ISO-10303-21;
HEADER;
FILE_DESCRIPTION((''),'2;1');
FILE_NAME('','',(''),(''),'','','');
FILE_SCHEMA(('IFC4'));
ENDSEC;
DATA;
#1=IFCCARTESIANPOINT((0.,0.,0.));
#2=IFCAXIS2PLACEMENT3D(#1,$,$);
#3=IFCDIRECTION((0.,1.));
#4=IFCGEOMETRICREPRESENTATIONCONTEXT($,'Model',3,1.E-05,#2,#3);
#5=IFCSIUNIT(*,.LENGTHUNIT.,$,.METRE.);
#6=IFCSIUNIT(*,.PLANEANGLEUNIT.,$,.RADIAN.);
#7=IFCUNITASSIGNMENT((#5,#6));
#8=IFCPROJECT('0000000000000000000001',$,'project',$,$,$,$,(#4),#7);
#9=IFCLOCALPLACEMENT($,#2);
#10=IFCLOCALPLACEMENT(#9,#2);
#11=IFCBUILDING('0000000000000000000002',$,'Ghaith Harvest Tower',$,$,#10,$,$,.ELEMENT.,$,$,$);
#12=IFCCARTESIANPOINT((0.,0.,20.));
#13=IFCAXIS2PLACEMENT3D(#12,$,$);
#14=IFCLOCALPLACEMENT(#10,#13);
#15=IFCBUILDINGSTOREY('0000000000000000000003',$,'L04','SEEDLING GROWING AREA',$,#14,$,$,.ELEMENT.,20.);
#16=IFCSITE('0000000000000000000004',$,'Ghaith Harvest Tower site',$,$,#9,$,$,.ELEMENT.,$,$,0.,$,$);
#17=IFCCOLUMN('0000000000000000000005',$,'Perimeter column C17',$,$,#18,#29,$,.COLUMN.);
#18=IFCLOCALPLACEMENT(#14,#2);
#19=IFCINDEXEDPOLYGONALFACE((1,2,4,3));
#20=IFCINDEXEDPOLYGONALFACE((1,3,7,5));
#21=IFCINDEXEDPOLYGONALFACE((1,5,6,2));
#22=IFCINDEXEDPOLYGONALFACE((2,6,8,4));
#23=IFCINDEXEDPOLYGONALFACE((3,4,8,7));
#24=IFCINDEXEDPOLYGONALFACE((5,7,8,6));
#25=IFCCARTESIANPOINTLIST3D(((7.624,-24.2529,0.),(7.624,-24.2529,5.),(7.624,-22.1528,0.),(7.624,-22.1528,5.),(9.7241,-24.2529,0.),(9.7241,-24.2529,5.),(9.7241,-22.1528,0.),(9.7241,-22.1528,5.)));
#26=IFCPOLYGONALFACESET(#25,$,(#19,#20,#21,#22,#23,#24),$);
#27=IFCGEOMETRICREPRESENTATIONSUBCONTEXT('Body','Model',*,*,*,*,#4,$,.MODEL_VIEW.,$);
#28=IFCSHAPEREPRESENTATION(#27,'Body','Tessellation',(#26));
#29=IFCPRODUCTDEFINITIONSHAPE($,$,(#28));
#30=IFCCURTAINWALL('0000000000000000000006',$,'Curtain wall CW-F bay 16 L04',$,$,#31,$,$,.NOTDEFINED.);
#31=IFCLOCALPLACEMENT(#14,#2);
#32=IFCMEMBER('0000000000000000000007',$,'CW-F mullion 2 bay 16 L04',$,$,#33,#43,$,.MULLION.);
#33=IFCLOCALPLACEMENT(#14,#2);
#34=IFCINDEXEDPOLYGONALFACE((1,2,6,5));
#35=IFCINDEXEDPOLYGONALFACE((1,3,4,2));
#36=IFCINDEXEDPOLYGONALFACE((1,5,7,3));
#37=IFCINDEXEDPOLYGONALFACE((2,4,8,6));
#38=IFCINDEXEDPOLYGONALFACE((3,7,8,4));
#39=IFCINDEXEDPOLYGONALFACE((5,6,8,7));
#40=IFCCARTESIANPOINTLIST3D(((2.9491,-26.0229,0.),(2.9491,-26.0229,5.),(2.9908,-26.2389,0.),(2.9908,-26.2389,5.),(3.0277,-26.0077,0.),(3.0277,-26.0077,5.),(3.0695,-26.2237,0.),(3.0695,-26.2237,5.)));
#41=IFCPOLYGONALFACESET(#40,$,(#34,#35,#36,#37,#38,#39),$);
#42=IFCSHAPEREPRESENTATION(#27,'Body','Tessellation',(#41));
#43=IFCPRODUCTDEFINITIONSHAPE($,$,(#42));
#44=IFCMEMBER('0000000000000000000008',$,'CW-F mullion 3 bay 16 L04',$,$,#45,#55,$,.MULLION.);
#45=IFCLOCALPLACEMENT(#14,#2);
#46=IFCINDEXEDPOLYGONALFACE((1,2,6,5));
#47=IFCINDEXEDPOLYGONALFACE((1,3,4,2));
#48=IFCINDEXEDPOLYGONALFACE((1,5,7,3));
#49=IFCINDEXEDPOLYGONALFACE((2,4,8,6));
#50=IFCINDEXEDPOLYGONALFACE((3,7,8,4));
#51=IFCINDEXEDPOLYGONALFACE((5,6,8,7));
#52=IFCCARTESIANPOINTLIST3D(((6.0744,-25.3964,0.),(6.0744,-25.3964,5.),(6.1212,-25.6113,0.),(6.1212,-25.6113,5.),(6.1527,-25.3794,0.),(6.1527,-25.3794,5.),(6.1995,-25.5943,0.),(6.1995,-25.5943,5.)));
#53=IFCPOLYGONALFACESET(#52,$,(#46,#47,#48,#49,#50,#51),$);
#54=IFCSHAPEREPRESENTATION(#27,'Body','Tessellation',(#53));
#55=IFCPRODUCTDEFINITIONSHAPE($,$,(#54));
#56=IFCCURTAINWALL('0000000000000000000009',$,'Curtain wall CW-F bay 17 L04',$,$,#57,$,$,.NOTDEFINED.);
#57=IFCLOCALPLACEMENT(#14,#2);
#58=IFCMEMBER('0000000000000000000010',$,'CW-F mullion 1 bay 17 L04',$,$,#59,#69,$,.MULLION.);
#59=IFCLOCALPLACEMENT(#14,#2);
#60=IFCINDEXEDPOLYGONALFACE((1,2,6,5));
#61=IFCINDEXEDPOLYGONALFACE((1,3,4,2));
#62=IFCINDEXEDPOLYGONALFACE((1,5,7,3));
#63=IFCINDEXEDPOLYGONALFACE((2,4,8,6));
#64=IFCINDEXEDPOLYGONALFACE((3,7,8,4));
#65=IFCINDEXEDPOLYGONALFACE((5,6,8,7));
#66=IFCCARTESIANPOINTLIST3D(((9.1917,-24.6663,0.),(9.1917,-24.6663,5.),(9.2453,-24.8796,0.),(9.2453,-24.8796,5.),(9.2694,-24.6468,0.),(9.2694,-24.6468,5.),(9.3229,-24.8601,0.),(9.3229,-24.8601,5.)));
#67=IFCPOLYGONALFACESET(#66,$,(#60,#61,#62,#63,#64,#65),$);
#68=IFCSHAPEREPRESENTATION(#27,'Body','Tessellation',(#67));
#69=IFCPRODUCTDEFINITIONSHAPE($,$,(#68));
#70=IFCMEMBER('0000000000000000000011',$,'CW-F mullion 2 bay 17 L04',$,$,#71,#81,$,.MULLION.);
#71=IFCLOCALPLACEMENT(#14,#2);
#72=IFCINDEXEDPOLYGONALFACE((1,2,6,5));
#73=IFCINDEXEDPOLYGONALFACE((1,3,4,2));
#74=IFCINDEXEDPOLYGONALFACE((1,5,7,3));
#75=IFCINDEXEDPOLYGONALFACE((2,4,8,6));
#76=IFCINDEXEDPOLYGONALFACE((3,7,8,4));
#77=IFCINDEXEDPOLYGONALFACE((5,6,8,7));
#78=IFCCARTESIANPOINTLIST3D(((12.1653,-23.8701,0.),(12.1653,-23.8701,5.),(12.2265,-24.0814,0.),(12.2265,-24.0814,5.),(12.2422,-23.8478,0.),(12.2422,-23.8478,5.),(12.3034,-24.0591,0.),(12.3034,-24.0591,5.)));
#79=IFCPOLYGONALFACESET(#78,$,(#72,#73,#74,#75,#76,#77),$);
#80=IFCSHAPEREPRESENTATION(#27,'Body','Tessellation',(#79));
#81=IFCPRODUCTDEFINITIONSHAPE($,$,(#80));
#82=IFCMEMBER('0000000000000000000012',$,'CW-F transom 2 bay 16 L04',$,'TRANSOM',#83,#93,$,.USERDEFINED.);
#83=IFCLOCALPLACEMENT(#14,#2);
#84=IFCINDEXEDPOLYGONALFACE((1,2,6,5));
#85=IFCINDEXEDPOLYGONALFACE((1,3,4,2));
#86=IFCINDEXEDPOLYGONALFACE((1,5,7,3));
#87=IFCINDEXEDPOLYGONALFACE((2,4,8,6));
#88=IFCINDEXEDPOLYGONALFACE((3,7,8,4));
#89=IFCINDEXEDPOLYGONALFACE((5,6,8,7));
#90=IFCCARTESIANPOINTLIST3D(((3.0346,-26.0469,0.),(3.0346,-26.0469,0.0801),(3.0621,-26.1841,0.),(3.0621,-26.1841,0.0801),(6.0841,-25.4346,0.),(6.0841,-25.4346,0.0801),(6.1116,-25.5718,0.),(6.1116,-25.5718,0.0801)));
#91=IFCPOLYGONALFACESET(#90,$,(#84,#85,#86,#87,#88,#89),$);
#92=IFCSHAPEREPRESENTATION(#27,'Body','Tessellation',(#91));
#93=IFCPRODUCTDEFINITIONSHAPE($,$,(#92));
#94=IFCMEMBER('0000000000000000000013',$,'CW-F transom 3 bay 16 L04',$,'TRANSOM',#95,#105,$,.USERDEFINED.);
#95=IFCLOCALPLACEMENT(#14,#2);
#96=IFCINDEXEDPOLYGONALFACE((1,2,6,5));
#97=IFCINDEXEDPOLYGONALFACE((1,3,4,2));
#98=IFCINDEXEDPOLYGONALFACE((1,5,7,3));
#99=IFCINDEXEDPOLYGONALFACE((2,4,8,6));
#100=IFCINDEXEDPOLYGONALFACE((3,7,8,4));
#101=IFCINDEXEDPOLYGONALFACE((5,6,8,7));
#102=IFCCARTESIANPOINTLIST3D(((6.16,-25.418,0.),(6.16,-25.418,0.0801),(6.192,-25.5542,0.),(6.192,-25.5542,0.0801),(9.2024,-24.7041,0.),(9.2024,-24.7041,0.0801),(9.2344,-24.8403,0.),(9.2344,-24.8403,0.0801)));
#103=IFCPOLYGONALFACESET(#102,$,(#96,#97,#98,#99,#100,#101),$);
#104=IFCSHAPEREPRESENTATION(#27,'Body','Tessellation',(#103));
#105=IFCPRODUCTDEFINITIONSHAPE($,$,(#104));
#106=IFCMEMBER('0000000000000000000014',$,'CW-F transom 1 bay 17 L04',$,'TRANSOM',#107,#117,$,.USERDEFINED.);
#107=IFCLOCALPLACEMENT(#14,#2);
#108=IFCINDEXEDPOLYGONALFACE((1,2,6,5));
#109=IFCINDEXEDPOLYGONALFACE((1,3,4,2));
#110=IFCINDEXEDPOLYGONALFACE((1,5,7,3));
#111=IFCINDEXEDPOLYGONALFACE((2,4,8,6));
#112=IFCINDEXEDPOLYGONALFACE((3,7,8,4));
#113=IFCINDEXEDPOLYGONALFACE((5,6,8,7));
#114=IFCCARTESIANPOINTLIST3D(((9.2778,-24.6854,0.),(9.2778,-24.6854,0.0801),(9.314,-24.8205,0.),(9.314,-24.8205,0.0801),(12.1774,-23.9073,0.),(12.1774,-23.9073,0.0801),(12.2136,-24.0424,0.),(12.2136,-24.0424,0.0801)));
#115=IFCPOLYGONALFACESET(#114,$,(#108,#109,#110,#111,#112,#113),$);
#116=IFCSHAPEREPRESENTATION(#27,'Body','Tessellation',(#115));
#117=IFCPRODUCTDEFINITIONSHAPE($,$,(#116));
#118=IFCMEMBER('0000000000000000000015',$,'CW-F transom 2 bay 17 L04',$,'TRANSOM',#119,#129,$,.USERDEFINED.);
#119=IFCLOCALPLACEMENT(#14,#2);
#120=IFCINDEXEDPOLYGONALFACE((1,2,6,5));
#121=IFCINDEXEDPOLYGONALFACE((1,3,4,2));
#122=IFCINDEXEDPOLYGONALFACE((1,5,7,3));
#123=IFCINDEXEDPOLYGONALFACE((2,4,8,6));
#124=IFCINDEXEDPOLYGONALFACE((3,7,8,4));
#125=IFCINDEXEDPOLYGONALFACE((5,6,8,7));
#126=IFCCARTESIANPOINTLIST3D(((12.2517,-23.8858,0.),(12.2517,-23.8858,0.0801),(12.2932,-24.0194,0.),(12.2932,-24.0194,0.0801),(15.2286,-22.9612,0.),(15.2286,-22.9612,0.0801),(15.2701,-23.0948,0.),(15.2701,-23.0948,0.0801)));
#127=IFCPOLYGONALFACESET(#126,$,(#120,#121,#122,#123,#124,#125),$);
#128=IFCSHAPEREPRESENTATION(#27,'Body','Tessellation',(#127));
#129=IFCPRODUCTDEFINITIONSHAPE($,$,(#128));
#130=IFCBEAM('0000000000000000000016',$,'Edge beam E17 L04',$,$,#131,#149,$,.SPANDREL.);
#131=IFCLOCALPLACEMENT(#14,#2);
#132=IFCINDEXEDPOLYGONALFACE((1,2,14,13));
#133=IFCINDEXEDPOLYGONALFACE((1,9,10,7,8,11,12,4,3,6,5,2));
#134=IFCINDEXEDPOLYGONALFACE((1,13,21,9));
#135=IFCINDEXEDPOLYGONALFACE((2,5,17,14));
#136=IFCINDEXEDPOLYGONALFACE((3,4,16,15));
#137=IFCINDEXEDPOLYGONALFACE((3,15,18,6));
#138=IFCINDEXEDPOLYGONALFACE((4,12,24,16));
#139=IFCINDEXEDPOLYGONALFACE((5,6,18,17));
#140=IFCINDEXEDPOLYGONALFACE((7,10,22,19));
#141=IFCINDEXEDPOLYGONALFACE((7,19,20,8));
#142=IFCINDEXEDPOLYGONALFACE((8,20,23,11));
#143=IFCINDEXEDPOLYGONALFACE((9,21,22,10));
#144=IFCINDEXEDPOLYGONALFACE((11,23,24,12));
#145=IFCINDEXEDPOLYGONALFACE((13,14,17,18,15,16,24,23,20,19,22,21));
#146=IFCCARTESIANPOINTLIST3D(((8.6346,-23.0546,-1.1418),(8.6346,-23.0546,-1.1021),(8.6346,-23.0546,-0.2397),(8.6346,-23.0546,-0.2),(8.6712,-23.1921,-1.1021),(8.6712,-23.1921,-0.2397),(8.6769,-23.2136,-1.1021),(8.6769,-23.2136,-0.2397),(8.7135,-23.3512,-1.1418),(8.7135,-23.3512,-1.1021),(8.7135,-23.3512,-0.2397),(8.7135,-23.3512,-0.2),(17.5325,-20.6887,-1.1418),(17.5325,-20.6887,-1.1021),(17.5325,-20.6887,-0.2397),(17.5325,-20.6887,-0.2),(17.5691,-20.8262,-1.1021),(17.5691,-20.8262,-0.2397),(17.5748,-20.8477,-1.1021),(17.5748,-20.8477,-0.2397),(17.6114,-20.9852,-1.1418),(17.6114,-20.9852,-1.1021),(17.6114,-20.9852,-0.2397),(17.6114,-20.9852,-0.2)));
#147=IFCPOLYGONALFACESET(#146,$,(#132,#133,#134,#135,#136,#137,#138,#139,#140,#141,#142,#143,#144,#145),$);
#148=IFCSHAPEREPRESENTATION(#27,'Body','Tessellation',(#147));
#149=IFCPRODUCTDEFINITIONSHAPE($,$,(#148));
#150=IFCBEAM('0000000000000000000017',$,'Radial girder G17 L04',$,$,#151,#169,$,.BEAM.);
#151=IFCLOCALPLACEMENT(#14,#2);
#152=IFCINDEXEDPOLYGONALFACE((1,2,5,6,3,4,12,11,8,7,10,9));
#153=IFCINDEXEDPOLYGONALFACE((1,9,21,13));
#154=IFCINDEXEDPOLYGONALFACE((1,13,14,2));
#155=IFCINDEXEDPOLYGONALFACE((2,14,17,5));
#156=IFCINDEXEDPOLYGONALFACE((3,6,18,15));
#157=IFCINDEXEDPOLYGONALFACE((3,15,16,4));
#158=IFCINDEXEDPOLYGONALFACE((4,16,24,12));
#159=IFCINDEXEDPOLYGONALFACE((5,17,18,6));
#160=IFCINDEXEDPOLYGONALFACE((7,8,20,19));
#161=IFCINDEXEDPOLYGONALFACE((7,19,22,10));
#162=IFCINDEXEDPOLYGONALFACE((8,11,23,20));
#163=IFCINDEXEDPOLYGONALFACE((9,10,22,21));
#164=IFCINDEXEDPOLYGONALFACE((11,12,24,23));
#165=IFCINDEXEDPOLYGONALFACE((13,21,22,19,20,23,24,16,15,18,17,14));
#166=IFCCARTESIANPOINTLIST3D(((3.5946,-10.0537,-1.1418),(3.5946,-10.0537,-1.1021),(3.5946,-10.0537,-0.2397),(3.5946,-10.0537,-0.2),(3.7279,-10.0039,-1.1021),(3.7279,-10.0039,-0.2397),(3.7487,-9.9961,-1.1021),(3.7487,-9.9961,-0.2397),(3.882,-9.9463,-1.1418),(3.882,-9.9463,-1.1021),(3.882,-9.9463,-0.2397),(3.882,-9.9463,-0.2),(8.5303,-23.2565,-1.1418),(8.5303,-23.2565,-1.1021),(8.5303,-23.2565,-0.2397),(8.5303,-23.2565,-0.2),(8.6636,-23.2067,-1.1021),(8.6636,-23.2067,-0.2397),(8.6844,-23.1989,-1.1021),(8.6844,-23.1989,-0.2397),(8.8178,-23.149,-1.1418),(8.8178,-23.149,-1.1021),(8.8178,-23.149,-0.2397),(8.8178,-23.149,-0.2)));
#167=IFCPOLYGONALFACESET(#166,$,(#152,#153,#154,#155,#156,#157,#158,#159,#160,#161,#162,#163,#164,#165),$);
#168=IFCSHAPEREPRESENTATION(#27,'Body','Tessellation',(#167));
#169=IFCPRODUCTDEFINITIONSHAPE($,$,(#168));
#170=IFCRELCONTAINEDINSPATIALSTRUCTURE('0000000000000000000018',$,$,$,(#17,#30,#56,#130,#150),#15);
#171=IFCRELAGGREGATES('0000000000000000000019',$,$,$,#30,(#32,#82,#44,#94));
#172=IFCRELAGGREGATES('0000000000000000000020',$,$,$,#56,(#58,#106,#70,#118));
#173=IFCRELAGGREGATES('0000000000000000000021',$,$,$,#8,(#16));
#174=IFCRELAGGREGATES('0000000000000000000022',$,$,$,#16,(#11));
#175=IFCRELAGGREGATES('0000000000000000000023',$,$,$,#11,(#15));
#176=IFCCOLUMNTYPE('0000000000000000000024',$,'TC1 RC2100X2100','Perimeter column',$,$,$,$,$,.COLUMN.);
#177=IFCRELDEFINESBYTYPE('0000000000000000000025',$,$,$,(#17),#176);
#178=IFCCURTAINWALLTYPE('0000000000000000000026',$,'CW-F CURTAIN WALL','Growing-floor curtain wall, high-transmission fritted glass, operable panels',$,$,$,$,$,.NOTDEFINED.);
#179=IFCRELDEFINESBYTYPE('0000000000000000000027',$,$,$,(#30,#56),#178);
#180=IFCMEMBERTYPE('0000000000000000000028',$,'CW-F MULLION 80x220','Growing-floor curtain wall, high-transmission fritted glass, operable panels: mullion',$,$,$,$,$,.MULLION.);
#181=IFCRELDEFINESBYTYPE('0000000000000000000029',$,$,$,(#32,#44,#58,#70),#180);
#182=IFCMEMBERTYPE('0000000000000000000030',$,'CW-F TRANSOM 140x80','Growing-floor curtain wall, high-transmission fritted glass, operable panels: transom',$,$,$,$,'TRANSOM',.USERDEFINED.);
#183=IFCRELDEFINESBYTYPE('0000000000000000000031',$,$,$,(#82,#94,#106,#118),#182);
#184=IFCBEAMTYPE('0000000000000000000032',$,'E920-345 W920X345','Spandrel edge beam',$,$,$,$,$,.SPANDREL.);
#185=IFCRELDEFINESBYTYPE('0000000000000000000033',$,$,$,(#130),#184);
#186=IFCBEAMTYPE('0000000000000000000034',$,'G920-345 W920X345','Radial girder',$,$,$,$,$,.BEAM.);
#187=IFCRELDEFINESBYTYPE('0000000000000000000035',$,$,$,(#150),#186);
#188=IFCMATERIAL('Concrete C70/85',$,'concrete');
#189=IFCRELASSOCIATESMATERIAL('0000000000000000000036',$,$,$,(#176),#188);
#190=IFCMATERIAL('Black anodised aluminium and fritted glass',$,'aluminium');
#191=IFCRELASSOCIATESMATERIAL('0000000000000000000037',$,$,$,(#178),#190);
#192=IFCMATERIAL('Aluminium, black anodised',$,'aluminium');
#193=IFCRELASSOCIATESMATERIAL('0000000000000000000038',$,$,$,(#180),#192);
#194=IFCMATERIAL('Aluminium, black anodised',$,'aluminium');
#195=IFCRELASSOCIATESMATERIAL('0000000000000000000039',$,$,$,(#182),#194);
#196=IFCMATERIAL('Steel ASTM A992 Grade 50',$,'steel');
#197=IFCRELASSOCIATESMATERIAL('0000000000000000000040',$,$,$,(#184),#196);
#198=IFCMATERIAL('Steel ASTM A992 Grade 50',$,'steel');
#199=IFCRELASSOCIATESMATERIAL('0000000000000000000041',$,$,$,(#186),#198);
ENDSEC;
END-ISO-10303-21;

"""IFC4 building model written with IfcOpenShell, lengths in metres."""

from ifc_helpers import new_model, si_unit, direction, frame, origin, origin_2d, place, context, subcontext, project, spatial, rectangle, i_section, extrude, material, material_profile, profile_set, type_object, element, aggregate, save


model = new_model("IFC4")

# Units and contexts
model_context = context("Model", 3, precision=1e-05, world=origin(), true_north=direction((0.0, 1.0)))
body_context = subcontext(model_context, "Body", "Model", "MODEL_VIEW")
ifc_project = project(units=[si_unit("LENGTHUNIT", "METRE"), si_unit("PLANEANGLEUNIT", "RADIAN")], contexts=[model_context])

# Site, building, storey
site_placement = place(None, origin())
site = spatial("IfcSite", under=ifc_project, at=site_placement, Name="Ghaith Harvest Tower site", CompositionType="ELEMENT", RefElevation=0.0)
building_placement = place(site_placement, origin())
building = spatial("IfcBuilding", under=site, at=building_placement, Name="Ghaith Harvest Tower", CompositionType="ELEMENT")
storey_placement = place(building_placement, frame((0.0, 0.0, 20.0)))
storey = spatial("IfcBuildingStorey", under=building, at=storey_placement, Name="L04", Description="SEEDLING GROWING AREA", CompositionType="ELEMENT", Elevation=20.0)

# Column
ifc_material_1 = material(Name="Concrete C70/85", Category="concrete")
ifc_material_profile_1 = material_profile(ifc_material_1, rectangle(XDim=2.1001, YDim=2.1001, at=origin_2d()), Name="RC2100X2100")
ifc_profile_set_1 = profile_set([ifc_material_profile_1], Name="Concrete C70/85")
column_type = type_object("IfcColumnType", Name="TC1 RC2100X2100", Description="Perimeter column", PredefinedType="COLUMN", material=ifc_profile_set_1)
column_placement = place(storey_placement, frame((8.6741, -23.2029, 0.0), z_axis=(0.0, 0.0, 1.0), x_axis=(1.0, 0.0, 0.0)))
element("IfcColumn", 1, at=column_placement, inside=storey, type_object=column_type, Name="Perimeter column C17", PredefinedType="COLUMN", context=body_context, shape_type="SweptSolid", body=[
    extrude(rectangle(XDim=2.1001, YDim=2.1001, at=origin_2d()), origin(), (0.0, 0.0, 1.0), 5.0),
])

# Curtain walls, members
ifc_material_2 = material(Name="Black anodised aluminium and fritted glass", Category="aluminium")
curtain_wall_type = type_object("IfcCurtainWallType", Name="CW-F CURTAIN WALL", Description="Growing-floor curtain wall, high-transmission fritted glass, operable panels", PredefinedType="NOTDEFINED", material=ifc_material_2)
curtain_wall_1_placement = place(storey_placement, origin())
curtain_wall_1 = element("IfcCurtainWall", 2, at=curtain_wall_1_placement, inside=storey, type_object=curtain_wall_type, Name="Curtain wall CW-F bay 16 L04", PredefinedType="NOTDEFINED")
ifc_material_3 = material(Name="Aluminium, black anodised", Category="aluminium")
ifc_material_profile_2 = material_profile(ifc_material_3, rectangle(XDim=0.0801, YDim=0.22, at=origin_2d()), Name="CW-F MULLION 80x220")
ifc_profile_set_2 = profile_set([ifc_material_profile_2], Name="Aluminium, black anodised")
member_type_1 = type_object("IfcMemberType", Name="CW-F MULLION 80x220", Description="Growing-floor curtain wall, high-transmission fritted glass, operable panels: mullion", PredefinedType="MULLION", material=ifc_profile_set_2)
member_1_placement = place(storey_placement, frame((3.0093, -26.1233, 0.0), z_axis=(0.0, 0.0, 1.0), x_axis=(0.981818, 0.189822, 0.0)))
member_1 = element("IfcMember", 3, at=member_1_placement, type_object=member_type_1, Name="CW-F mullion 2 bay 16 L04", PredefinedType="MULLION", context=body_context, shape_type="SweptSolid", body=[
    extrude(rectangle(XDim=0.0801, YDim=0.22, at=origin_2d()), origin(), (0.0, 0.0, 1.0), 5.0),
])
member_2_placement = place(storey_placement, frame((6.137, -25.4954, 0.0), z_axis=(0.0, 0.0, 1.0), x_axis=(0.977118, 0.212698, 0.0)))
member_2 = element("IfcMember", 4, at=member_2_placement, type_object=member_type_1, Name="CW-F mullion 3 bay 16 L04", PredefinedType="MULLION", context=body_context, shape_type="SweptSolid", body=[
    extrude(rectangle(XDim=0.0801, YDim=0.22, at=origin_2d()), origin(), (0.0, 0.0, 1.0), 5.0),
])
curtain_wall_2_placement = place(storey_placement, origin())
curtain_wall_2 = element("IfcCurtainWall", 5, at=curtain_wall_2_placement, inside=storey, type_object=curtain_wall_type, Name="Curtain wall CW-F bay 17 L04", PredefinedType="NOTDEFINED")
member_3_placement = place(storey_placement, frame((9.2573, -24.7632, 0.0), z_axis=(0.0, 0.0, 1.0), x_axis=(0.969903, 0.24349, 0.0)))
member_3 = element("IfcMember", 6, at=member_3_placement, type_object=member_type_1, Name="CW-F mullion 1 bay 17 L04", PredefinedType="MULLION", context=body_context, shape_type="SweptSolid", body=[
    extrude(rectangle(XDim=0.0801, YDim=0.22, at=origin_2d()), origin(), (0.0, 0.0, 1.0), 5.0),
])
member_4_placement = place(storey_placement, frame((12.2344, -23.9646, 0.0), z_axis=(0.0, 0.0, 1.0), x_axis=(0.960502, 0.278272, 0.0)))
member_4 = element("IfcMember", 7, at=member_4_placement, type_object=member_type_1, Name="CW-F mullion 2 bay 17 L04", PredefinedType="MULLION", context=body_context, shape_type="SweptSolid", body=[
    extrude(rectangle(XDim=0.0801, YDim=0.22, at=origin_2d()), origin(), (0.0, 0.0, 1.0), 5.0),
])

# Members
ifc_material_4 = material(Name="Aluminium, black anodised", Category="aluminium")
ifc_material_profile_3 = material_profile(ifc_material_4, rectangle(XDim=0.1399, YDim=0.0801, at=origin_2d()), Name="CW-F TRANSOM 140x80")
ifc_profile_set_3 = profile_set([ifc_material_profile_3], Name="Aluminium, black anodised")
member_type_2 = type_object("IfcMemberType", Name="CW-F TRANSOM 140x80", Description="Growing-floor curtain wall, high-transmission fritted glass, operable panels: transom", ElementType="TRANSOM", PredefinedType="USERDEFINED", material=ifc_profile_set_3)
member_5_placement = place(storey_placement, frame((3.0483, -26.1155, 0.04), z_axis=(0.980432, 0.196856, 0.0), x_axis=(-0.196856, 0.980432, 0.0)))
member_5 = element("IfcMember", 8, at=member_5_placement, type_object=member_type_2, Name="CW-F transom 2 bay 16 L04", ObjectType="TRANSOM", PredefinedType="USERDEFINED", context=body_context, shape_type="SweptSolid", body=[
    extrude(rectangle(XDim=0.1399, YDim=0.0801, at=origin_2d()), origin(), (0.0, 0.0, 1.0), 3.1104),
])
member_6_placement = place(storey_placement, frame((6.176, -25.4861, 0.04), z_axis=(0.97356, 0.22843, 0.0), x_axis=(-0.22843, 0.97356, 0.0)))
member_6 = element("IfcMember", 9, at=member_6_placement, type_object=member_type_2, Name="CW-F transom 3 bay 16 L04", ObjectType="TRANSOM", PredefinedType="USERDEFINED", context=body_context, shape_type="SweptSolid", body=[
    extrude(rectangle(XDim=0.1399, YDim=0.0801, at=origin_2d()), origin(), (0.0, 0.0, 1.0), 3.125),
])
member_7_placement = place(storey_placement, frame((9.2959, -24.7529, 0.04), z_axis=(0.965833, 0.259166, 0.0), x_axis=(-0.259166, 0.965833, 0.0)))
member_7 = element("IfcMember", 10, at=member_7_placement, type_object=member_type_2, Name="CW-F transom 1 bay 17 L04", ObjectType="TRANSOM", PredefinedType="USERDEFINED", context=body_context, shape_type="SweptSolid", body=[
    extrude(rectangle(XDim=0.1399, YDim=0.0801, at=origin_2d()), origin(), (0.0, 0.0, 1.0), 3.0022),
])
member_8_placement = place(storey_placement, frame((12.2725, -23.9526, 0.04), z_axis=(0.954998, 0.296611, 0.0), x_axis=(-0.296611, 0.954998, 0.0)))
member_8 = element("IfcMember", 11, at=member_8_placement, type_object=member_type_2, Name="CW-F transom 2 bay 17 L04", ObjectType="TRANSOM", PredefinedType="USERDEFINED", context=body_context, shape_type="SweptSolid", body=[
    extrude(rectangle(XDim=0.1399, YDim=0.0801, at=origin_2d()), origin(), (0.0, 0.0, 1.0), 3.1172),
])

# Beams
ifc_material_5 = material(Name="Steel ASTM A992 Grade 50", Category="steel")
ifc_material_profile_4 = material_profile(ifc_material_5, i_section(OverallWidth=0.3069, OverallDepth=0.9419, WebThickness=0.0222, FlangeThickness=0.0398, at=origin_2d()), Name="W920X345")
ifc_profile_set_4 = profile_set([ifc_material_profile_4], Name="Steel ASTM A992 Grade 50")
beam_type_1 = type_object("IfcBeamType", Name="E920-345 W920X345", Description="Spandrel edge beam", PredefinedType="SPANDREL", material=ifc_profile_set_4)
beam_1_placement = place(storey_placement, frame((8.6741, -23.2029, -0.6709), z_axis=(0.966419, 0.256971, 0.0), x_axis=(-0.256971, 0.966419, 0.0)))
element("IfcBeam", 12, at=beam_1_placement, inside=storey, type_object=beam_type_1, Name="Edge beam E17 L04", PredefinedType="SPANDREL", context=body_context, shape_type="SweptSolid", body=[
    extrude(i_section(OverallWidth=0.3069, OverallDepth=0.9419, WebThickness=0.0222, FlangeThickness=0.0398, at=origin_2d()), origin(), (0.0, 0.0, 1.0), 9.207),
])
ifc_material_6 = material(Name="Steel ASTM A992 Grade 50", Category="steel")
ifc_material_profile_5 = material_profile(ifc_material_6, i_section(OverallWidth=0.3069, OverallDepth=0.9419, WebThickness=0.0222, FlangeThickness=0.0398, at=origin_2d()), Name="W920X345")
ifc_profile_set_5 = profile_set([ifc_material_profile_5], Name="Steel ASTM A992 Grade 50")
beam_type_2 = type_object("IfcBeamType", Name="G920-345 W920X345", Description="Radial girder", PredefinedType="BEAM", material=ifc_profile_set_5)
beam_2_placement = place(storey_placement, frame((3.7383, -10.0, -0.6709), z_axis=(0.350172, -0.936685, 0.0), x_axis=(0.936685, 0.350172, 0.0)))
element("IfcBeam", 13, at=beam_2_placement, inside=storey, type_object=beam_type_2, Name="Radial girder G17 L04", PredefinedType="BEAM", context=body_context, shape_type="SweptSolid", body=[
    extrude(i_section(OverallWidth=0.3069, OverallDepth=0.9419, WebThickness=0.0222, FlangeThickness=0.0398, at=origin_2d()), origin(), (0.0, 0.0, 1.0), 14.0952),
])

aggregate(curtain_wall_1, [member_1, member_5, member_2, member_6])
aggregate(curtain_wall_2, [member_3, member_7, member_4, member_8])

save(model, "model.ifc")
